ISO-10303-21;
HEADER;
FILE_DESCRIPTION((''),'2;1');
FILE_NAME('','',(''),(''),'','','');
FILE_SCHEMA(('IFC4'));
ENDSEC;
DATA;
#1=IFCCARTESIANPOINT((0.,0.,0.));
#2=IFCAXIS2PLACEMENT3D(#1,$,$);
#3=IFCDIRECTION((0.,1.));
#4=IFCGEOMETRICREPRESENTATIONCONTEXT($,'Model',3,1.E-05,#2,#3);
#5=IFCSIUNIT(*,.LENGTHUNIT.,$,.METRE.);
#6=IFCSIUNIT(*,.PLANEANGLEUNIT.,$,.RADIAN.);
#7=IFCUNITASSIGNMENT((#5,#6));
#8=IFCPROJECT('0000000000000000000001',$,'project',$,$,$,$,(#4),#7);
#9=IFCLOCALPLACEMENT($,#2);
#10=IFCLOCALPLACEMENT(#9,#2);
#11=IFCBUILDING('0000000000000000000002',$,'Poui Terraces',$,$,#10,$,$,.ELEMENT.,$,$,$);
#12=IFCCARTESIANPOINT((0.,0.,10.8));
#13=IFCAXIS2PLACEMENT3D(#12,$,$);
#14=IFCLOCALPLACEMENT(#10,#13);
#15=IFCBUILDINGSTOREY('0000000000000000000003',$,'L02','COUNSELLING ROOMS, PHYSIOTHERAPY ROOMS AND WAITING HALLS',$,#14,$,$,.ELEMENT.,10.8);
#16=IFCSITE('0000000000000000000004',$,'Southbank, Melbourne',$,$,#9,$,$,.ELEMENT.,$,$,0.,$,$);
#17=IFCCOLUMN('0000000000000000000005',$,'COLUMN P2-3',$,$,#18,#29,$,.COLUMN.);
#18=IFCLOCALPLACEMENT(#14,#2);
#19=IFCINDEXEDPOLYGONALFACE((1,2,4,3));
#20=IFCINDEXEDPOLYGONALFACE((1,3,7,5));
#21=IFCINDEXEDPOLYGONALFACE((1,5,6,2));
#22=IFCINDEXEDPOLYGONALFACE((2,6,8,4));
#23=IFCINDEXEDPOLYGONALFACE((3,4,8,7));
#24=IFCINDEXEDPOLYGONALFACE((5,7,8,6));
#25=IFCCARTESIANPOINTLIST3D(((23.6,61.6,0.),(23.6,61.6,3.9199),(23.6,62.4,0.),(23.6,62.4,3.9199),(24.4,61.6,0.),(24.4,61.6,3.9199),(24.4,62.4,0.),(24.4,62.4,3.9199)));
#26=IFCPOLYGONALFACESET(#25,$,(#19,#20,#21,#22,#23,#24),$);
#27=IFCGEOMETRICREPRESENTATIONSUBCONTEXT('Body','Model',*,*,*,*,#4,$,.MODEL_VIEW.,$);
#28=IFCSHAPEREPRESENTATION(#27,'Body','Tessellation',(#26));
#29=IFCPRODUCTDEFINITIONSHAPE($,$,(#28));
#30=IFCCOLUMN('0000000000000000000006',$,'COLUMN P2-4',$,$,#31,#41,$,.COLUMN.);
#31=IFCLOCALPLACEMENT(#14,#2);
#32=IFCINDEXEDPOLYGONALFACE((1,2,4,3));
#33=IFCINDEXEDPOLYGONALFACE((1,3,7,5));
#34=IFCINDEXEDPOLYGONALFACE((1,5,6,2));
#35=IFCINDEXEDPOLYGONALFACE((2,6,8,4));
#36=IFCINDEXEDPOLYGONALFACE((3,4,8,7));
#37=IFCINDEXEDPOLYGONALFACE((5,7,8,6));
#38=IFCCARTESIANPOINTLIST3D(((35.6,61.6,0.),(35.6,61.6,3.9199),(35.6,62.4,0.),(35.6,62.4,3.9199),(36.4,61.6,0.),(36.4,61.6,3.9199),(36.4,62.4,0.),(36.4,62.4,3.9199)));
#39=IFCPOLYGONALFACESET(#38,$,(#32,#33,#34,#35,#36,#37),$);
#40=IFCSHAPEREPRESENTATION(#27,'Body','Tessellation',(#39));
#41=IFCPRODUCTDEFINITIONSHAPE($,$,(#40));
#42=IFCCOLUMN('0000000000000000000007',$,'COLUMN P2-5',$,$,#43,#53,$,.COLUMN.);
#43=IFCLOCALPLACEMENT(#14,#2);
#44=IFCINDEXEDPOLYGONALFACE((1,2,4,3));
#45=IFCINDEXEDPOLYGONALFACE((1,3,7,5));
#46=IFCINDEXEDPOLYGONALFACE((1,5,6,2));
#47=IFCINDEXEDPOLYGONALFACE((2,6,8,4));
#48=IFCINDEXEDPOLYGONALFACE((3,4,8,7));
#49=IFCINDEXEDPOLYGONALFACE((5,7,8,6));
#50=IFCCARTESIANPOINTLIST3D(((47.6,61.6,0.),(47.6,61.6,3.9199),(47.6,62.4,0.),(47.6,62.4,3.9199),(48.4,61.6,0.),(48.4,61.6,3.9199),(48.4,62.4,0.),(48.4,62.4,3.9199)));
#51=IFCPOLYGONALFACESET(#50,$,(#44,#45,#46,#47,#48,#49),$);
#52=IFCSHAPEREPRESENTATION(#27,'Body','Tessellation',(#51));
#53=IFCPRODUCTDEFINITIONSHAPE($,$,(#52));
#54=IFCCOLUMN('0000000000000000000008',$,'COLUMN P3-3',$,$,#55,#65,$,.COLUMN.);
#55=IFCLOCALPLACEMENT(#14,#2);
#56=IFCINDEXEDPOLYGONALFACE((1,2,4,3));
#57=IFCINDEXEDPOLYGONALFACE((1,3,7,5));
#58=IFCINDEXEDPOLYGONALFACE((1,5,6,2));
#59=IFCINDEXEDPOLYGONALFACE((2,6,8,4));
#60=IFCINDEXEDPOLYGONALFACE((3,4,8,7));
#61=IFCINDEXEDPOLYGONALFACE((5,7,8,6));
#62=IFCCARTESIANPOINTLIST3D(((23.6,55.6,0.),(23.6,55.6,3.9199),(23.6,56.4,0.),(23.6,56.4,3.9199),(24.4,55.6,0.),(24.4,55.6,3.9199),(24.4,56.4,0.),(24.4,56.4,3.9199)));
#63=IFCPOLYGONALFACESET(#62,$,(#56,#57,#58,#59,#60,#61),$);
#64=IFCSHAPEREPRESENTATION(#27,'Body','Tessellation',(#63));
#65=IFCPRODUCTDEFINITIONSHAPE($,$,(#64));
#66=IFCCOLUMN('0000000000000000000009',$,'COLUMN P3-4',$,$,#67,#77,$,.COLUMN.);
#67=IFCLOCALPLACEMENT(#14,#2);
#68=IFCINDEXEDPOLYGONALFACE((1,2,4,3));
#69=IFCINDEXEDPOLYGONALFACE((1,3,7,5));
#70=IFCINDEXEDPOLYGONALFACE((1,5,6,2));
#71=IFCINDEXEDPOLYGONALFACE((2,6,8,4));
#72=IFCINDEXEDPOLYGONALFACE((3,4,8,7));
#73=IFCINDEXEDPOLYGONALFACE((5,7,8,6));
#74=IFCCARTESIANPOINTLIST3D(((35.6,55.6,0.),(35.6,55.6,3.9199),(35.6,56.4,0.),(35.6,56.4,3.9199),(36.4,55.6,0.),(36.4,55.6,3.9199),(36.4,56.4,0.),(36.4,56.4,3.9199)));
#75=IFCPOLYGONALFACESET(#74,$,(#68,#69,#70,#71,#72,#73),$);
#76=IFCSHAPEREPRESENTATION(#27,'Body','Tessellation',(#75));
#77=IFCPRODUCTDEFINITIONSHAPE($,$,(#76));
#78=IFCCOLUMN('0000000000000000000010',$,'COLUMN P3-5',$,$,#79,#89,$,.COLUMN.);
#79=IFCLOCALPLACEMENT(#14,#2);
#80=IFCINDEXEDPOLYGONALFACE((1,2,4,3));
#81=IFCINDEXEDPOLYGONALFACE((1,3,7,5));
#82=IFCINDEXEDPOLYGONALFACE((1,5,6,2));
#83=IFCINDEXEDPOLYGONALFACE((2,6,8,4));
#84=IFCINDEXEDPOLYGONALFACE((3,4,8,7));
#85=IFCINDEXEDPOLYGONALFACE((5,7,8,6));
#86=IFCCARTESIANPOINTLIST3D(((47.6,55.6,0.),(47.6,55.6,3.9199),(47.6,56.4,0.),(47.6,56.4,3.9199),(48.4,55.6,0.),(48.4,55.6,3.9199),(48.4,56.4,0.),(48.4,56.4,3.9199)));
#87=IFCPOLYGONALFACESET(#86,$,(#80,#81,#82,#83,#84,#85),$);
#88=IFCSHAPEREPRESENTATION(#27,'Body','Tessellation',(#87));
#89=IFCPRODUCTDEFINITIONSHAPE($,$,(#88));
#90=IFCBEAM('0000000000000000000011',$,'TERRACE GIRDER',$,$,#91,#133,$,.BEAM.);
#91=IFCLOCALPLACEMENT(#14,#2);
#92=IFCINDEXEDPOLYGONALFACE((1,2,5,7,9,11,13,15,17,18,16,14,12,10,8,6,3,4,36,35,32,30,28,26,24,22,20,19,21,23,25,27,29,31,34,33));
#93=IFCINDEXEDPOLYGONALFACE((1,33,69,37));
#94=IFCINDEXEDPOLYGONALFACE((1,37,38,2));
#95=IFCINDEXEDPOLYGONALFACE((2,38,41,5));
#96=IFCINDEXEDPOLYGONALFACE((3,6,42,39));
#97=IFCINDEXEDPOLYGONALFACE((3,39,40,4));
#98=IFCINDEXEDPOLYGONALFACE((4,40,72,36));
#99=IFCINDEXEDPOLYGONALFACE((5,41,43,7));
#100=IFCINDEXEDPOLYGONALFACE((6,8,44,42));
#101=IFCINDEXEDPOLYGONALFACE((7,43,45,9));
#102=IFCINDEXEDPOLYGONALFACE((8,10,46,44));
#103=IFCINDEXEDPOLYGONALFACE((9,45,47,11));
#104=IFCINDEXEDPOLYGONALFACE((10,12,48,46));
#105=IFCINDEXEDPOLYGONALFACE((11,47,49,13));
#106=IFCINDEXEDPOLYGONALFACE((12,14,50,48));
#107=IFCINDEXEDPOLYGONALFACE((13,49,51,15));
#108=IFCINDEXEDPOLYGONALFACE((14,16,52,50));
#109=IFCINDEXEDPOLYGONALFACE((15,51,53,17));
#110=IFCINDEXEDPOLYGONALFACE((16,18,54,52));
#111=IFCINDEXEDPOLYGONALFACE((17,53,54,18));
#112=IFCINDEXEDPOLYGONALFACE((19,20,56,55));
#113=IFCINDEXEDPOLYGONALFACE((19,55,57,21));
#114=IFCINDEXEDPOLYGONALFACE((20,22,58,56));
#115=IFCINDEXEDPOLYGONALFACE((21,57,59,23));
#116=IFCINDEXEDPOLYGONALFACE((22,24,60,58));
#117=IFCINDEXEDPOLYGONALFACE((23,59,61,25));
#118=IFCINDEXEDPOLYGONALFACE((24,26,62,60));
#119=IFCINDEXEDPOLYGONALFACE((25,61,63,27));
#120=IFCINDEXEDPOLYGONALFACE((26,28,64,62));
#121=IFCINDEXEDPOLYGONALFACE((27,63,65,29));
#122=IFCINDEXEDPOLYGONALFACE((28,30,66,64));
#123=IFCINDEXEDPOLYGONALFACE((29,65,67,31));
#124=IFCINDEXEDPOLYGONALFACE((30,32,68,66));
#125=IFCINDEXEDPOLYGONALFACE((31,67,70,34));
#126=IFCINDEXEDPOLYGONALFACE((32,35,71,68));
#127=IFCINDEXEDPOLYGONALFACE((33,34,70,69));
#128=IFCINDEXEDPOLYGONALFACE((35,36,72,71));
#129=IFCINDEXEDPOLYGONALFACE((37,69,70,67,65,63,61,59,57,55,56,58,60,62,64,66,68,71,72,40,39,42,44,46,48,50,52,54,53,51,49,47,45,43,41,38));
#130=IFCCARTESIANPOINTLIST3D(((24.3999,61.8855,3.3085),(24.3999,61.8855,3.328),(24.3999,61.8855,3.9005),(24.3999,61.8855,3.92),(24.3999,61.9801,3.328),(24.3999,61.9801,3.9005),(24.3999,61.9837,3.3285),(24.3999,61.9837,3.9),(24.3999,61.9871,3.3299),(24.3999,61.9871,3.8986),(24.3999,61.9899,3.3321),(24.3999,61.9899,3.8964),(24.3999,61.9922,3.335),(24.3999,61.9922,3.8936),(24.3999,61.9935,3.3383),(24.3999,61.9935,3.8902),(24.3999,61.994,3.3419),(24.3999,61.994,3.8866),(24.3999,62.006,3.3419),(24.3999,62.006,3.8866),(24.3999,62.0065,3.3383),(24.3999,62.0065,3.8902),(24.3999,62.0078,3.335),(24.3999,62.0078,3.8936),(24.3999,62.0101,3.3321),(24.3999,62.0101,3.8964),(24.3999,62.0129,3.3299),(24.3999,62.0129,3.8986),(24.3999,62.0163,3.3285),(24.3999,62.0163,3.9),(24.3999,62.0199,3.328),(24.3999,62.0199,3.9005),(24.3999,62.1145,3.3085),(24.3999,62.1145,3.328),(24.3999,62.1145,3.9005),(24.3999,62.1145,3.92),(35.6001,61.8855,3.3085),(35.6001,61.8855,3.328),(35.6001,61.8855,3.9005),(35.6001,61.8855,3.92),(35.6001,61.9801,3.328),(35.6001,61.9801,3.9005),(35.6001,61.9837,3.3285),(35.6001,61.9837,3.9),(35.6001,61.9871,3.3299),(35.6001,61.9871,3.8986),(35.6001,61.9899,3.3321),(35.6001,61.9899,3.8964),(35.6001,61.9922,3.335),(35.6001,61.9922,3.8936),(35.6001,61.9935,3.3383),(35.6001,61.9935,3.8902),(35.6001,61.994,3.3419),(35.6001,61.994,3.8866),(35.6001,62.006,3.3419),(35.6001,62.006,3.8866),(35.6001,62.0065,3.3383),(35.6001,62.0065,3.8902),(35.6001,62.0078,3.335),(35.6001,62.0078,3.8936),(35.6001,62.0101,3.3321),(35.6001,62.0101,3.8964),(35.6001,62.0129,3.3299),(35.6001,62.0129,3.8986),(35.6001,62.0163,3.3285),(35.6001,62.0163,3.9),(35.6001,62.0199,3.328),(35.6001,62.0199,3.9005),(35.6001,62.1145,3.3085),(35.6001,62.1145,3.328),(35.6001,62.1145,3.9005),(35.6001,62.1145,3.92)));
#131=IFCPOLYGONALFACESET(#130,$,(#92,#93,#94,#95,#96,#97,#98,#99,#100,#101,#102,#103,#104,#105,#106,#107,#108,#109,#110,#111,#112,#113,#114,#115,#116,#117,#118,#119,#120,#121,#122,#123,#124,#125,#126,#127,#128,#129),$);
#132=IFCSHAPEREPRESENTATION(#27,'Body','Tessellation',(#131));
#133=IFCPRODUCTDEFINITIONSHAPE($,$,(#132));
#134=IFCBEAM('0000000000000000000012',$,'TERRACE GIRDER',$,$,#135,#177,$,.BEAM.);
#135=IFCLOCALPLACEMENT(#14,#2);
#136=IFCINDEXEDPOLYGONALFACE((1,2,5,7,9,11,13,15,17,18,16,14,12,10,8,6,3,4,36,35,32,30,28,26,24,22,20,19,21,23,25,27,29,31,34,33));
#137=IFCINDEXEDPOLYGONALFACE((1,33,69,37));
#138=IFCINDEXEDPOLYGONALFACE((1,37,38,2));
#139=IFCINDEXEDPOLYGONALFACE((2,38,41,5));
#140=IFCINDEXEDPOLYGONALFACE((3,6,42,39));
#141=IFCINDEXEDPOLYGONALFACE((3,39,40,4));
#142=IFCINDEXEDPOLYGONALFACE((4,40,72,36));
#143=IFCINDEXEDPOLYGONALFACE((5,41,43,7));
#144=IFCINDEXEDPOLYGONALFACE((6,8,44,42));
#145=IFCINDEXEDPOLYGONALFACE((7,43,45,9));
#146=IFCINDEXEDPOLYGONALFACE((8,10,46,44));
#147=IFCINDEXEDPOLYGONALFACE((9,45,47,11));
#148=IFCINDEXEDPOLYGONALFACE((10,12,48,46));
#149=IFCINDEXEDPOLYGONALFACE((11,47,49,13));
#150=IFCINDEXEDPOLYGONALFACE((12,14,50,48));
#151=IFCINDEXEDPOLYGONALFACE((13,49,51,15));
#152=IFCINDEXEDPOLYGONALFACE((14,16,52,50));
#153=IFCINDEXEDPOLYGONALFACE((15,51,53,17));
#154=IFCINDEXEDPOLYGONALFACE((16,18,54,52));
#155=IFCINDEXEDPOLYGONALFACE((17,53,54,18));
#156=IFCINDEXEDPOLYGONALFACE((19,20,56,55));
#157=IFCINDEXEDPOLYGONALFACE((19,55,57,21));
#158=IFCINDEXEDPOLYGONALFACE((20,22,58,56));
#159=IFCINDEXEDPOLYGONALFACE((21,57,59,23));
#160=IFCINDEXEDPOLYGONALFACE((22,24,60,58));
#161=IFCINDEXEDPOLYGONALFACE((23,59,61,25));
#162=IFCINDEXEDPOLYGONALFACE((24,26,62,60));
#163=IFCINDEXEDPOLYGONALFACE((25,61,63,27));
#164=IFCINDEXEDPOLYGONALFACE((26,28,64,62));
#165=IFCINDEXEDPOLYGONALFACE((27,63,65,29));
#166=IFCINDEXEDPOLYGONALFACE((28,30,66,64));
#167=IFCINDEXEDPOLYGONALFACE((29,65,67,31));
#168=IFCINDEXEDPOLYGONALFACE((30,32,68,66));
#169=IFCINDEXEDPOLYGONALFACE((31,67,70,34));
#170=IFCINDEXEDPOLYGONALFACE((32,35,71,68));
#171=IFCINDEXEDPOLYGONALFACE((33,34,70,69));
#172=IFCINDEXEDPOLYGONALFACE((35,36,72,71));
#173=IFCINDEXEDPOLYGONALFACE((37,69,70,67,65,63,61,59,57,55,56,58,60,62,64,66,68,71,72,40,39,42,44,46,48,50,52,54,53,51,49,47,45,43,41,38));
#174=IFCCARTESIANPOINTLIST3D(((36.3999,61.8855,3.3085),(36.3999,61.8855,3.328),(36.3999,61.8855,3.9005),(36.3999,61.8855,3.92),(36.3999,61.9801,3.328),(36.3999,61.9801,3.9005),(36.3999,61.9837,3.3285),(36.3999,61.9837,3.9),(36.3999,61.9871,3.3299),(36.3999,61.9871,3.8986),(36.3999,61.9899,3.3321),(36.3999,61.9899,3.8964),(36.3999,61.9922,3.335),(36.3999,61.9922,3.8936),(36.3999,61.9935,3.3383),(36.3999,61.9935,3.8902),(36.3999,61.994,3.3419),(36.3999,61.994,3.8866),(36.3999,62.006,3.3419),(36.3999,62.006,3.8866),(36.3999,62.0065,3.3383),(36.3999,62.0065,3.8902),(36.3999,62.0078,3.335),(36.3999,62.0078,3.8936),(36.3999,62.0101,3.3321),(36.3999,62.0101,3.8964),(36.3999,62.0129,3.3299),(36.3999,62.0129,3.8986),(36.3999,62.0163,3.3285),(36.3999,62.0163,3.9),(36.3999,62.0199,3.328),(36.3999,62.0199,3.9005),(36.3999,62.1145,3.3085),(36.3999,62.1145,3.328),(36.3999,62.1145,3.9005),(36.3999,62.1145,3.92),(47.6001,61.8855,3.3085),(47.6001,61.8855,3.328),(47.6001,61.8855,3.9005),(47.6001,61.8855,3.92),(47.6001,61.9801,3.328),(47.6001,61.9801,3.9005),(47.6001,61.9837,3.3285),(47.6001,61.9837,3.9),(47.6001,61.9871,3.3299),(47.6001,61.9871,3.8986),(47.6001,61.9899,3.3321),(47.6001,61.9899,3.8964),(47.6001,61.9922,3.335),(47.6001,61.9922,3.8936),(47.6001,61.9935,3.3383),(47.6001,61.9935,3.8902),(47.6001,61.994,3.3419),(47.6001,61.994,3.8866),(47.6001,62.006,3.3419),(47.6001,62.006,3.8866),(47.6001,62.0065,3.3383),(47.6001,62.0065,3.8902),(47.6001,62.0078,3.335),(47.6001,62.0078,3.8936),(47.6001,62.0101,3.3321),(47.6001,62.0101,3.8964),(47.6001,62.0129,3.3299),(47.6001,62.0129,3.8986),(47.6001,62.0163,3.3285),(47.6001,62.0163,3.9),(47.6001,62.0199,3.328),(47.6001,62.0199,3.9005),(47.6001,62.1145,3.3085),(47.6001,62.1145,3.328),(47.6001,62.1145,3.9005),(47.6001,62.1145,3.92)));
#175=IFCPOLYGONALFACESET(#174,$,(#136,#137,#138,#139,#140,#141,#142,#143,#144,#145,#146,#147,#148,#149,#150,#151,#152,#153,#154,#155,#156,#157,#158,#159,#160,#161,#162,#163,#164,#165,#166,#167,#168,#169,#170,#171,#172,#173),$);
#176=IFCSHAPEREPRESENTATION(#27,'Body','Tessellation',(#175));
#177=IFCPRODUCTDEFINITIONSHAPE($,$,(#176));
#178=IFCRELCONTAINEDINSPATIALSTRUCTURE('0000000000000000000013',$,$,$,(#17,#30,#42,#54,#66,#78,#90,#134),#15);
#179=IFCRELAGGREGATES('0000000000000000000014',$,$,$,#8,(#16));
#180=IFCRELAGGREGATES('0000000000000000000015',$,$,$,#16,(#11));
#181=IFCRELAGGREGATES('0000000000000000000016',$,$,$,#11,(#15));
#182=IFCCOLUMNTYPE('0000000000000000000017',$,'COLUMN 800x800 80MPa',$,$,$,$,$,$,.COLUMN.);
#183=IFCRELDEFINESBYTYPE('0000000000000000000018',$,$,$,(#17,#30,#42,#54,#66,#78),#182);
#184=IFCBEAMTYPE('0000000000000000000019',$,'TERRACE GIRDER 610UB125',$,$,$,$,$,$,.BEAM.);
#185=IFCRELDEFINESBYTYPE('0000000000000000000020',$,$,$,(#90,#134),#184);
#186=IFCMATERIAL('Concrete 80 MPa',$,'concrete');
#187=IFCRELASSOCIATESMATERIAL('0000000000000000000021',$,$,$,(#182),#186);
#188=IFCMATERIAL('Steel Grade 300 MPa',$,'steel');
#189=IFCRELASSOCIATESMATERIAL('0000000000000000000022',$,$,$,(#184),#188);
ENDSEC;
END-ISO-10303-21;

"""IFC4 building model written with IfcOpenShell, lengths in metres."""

from ifc_helpers import new_model, si_unit, direction, frame, origin, origin_2d, place, context, subcontext, project, spatial, rectangle, i_section, extrude, source, transform, mapped, material, material_profile, profile_set, type_object, element, save


model = new_model("IFC4")

# Units and contexts
model_context = context("Model", 3, precision=1e-05, world=origin(), true_north=direction((0.0, 1.0)))
body_context = subcontext(model_context, "Body", "Model", "MODEL_VIEW")
ifc_project = project(units=[si_unit("LENGTHUNIT", "METRE"), si_unit("PLANEANGLEUNIT", "RADIAN")], contexts=[model_context])

# Site, building, storey
site_placement = place(None, origin())
site = spatial("IfcSite", under=ifc_project, at=site_placement, Name="Southbank, Melbourne", CompositionType="ELEMENT", RefElevation=0.0)
building_placement = place(site_placement, origin())
building = spatial("IfcBuilding", under=site, at=building_placement, Name="Poui Terraces", CompositionType="ELEMENT")
storey_placement = place(building_placement, frame((0.0, 0.0, 10.8)))
storey = spatial("IfcBuildingStorey", under=building, at=storey_placement, Name="L02", Description="COUNSELLING ROOMS, PHYSIOTHERAPY ROOMS AND WAITING HALLS", CompositionType="ELEMENT", Elevation=10.8)

# Columns
ifc_material_1 = material(Name="Concrete 80 MPa", Category="concrete")
ifc_material_profile_1 = material_profile(ifc_material_1, rectangle(XDim=0.8, YDim=0.8, at=origin_2d()), Name="RC 800x800")
ifc_profile_set_1 = profile_set([ifc_material_profile_1], Name="Concrete 80 MPa")
column_type = type_object("IfcColumnType", Name="COLUMN 800x800 80MPa", PredefinedType="COLUMN", material=ifc_profile_set_1)
shared_shape_1 = source(origin(), body_context, "Body", "SweptSolid", [
    extrude(rectangle(XDim=0.8, YDim=0.8, at=origin_2d()), origin(), (0.0, 0.0, 1.0), 3.9199),
])
for number, where, z_axis, x_axis, name in (
    (1, (24.0, 62.0, 0.0), (0.0, 0.0, 1.0), (1.0, 0.0, 0.0), "COLUMN P2-3"),
    (2, (36.0, 62.0, 0.0), (0.0, 0.0, 1.0), (1.0, 0.0, 0.0), "COLUMN P2-4"),
    (3, (48.0, 62.0, 0.0), (0.0, 0.0, 1.0), (1.0, 0.0, 0.0), "COLUMN P2-5"),
    (4, (24.0, 56.0, 0.0), (0.0, 0.0, 1.0), (1.0, 0.0, 0.0), "COLUMN P3-3"),
    (5, (36.0, 56.0, 0.0), (0.0, 0.0, 1.0), (1.0, 0.0, 0.0), "COLUMN P3-4"),
    (6, (48.0, 56.0, 0.0), (0.0, 0.0, 1.0), (1.0, 0.0, 0.0), "COLUMN P3-5"),
):
    element("IfcColumn", number, at=place(storey_placement, frame(where, z_axis=z_axis, x_axis=x_axis)), inside=storey, type_object=column_type, Name=name, PredefinedType="COLUMN", context=body_context, shape_type="MappedRepresentation", body=[
        mapped(shared_shape_1, transform((0.0, 0.0, 0.0))),
    ])

# Beams
ifc_material_2 = material(Name="Steel Grade 300 MPa", Category="steel")
ifc_material_profile_2 = material_profile(ifc_material_2, i_section(OverallWidth=0.229, OverallDepth=0.6116, WebThickness=0.012, FlangeThickness=0.0195, FilletRadius=0.0139, at=origin_2d()), Name="610UB125")
ifc_profile_set_2 = profile_set([ifc_material_profile_2], Name="Steel Grade 300 MPa")
beam_type_1 = type_object("IfcBeamType", Name="TERRACE GIRDER 610UB125", PredefinedType="BEAM", material=ifc_profile_set_2)
shared_shape_2 = source(origin(), body_context, "Body", "SweptSolid", [
    extrude(i_section(OverallWidth=0.229, OverallDepth=0.6116, WebThickness=0.012, FlangeThickness=0.0195, FilletRadius=0.0139, at=origin_2d()), origin(), (0.0, 0.0, 1.0), 11.2002),
])
for number, where, z_axis, x_axis, name in (
    (7, (24.3999, 62.0, 3.6143), (1.0, 0.0, 0.0), (0.0, 1.0, 0.0), "TERRACE GIRDER"),
    (8, (36.3999, 62.0, 3.6143), (1.0, 0.0, 0.0), (0.0, 1.0, 0.0), "TERRACE GIRDER"),
):
    element("IfcBeam", number, at=place(storey_placement, frame(where, z_axis=z_axis, x_axis=x_axis)), inside=storey, type_object=beam_type_1, Name=name, PredefinedType="BEAM", context=body_context, shape_type="MappedRepresentation", body=[
        mapped(shared_shape_2, transform((0.0, 0.0, 0.0))),
    ])

save(model, "model.ifc")
